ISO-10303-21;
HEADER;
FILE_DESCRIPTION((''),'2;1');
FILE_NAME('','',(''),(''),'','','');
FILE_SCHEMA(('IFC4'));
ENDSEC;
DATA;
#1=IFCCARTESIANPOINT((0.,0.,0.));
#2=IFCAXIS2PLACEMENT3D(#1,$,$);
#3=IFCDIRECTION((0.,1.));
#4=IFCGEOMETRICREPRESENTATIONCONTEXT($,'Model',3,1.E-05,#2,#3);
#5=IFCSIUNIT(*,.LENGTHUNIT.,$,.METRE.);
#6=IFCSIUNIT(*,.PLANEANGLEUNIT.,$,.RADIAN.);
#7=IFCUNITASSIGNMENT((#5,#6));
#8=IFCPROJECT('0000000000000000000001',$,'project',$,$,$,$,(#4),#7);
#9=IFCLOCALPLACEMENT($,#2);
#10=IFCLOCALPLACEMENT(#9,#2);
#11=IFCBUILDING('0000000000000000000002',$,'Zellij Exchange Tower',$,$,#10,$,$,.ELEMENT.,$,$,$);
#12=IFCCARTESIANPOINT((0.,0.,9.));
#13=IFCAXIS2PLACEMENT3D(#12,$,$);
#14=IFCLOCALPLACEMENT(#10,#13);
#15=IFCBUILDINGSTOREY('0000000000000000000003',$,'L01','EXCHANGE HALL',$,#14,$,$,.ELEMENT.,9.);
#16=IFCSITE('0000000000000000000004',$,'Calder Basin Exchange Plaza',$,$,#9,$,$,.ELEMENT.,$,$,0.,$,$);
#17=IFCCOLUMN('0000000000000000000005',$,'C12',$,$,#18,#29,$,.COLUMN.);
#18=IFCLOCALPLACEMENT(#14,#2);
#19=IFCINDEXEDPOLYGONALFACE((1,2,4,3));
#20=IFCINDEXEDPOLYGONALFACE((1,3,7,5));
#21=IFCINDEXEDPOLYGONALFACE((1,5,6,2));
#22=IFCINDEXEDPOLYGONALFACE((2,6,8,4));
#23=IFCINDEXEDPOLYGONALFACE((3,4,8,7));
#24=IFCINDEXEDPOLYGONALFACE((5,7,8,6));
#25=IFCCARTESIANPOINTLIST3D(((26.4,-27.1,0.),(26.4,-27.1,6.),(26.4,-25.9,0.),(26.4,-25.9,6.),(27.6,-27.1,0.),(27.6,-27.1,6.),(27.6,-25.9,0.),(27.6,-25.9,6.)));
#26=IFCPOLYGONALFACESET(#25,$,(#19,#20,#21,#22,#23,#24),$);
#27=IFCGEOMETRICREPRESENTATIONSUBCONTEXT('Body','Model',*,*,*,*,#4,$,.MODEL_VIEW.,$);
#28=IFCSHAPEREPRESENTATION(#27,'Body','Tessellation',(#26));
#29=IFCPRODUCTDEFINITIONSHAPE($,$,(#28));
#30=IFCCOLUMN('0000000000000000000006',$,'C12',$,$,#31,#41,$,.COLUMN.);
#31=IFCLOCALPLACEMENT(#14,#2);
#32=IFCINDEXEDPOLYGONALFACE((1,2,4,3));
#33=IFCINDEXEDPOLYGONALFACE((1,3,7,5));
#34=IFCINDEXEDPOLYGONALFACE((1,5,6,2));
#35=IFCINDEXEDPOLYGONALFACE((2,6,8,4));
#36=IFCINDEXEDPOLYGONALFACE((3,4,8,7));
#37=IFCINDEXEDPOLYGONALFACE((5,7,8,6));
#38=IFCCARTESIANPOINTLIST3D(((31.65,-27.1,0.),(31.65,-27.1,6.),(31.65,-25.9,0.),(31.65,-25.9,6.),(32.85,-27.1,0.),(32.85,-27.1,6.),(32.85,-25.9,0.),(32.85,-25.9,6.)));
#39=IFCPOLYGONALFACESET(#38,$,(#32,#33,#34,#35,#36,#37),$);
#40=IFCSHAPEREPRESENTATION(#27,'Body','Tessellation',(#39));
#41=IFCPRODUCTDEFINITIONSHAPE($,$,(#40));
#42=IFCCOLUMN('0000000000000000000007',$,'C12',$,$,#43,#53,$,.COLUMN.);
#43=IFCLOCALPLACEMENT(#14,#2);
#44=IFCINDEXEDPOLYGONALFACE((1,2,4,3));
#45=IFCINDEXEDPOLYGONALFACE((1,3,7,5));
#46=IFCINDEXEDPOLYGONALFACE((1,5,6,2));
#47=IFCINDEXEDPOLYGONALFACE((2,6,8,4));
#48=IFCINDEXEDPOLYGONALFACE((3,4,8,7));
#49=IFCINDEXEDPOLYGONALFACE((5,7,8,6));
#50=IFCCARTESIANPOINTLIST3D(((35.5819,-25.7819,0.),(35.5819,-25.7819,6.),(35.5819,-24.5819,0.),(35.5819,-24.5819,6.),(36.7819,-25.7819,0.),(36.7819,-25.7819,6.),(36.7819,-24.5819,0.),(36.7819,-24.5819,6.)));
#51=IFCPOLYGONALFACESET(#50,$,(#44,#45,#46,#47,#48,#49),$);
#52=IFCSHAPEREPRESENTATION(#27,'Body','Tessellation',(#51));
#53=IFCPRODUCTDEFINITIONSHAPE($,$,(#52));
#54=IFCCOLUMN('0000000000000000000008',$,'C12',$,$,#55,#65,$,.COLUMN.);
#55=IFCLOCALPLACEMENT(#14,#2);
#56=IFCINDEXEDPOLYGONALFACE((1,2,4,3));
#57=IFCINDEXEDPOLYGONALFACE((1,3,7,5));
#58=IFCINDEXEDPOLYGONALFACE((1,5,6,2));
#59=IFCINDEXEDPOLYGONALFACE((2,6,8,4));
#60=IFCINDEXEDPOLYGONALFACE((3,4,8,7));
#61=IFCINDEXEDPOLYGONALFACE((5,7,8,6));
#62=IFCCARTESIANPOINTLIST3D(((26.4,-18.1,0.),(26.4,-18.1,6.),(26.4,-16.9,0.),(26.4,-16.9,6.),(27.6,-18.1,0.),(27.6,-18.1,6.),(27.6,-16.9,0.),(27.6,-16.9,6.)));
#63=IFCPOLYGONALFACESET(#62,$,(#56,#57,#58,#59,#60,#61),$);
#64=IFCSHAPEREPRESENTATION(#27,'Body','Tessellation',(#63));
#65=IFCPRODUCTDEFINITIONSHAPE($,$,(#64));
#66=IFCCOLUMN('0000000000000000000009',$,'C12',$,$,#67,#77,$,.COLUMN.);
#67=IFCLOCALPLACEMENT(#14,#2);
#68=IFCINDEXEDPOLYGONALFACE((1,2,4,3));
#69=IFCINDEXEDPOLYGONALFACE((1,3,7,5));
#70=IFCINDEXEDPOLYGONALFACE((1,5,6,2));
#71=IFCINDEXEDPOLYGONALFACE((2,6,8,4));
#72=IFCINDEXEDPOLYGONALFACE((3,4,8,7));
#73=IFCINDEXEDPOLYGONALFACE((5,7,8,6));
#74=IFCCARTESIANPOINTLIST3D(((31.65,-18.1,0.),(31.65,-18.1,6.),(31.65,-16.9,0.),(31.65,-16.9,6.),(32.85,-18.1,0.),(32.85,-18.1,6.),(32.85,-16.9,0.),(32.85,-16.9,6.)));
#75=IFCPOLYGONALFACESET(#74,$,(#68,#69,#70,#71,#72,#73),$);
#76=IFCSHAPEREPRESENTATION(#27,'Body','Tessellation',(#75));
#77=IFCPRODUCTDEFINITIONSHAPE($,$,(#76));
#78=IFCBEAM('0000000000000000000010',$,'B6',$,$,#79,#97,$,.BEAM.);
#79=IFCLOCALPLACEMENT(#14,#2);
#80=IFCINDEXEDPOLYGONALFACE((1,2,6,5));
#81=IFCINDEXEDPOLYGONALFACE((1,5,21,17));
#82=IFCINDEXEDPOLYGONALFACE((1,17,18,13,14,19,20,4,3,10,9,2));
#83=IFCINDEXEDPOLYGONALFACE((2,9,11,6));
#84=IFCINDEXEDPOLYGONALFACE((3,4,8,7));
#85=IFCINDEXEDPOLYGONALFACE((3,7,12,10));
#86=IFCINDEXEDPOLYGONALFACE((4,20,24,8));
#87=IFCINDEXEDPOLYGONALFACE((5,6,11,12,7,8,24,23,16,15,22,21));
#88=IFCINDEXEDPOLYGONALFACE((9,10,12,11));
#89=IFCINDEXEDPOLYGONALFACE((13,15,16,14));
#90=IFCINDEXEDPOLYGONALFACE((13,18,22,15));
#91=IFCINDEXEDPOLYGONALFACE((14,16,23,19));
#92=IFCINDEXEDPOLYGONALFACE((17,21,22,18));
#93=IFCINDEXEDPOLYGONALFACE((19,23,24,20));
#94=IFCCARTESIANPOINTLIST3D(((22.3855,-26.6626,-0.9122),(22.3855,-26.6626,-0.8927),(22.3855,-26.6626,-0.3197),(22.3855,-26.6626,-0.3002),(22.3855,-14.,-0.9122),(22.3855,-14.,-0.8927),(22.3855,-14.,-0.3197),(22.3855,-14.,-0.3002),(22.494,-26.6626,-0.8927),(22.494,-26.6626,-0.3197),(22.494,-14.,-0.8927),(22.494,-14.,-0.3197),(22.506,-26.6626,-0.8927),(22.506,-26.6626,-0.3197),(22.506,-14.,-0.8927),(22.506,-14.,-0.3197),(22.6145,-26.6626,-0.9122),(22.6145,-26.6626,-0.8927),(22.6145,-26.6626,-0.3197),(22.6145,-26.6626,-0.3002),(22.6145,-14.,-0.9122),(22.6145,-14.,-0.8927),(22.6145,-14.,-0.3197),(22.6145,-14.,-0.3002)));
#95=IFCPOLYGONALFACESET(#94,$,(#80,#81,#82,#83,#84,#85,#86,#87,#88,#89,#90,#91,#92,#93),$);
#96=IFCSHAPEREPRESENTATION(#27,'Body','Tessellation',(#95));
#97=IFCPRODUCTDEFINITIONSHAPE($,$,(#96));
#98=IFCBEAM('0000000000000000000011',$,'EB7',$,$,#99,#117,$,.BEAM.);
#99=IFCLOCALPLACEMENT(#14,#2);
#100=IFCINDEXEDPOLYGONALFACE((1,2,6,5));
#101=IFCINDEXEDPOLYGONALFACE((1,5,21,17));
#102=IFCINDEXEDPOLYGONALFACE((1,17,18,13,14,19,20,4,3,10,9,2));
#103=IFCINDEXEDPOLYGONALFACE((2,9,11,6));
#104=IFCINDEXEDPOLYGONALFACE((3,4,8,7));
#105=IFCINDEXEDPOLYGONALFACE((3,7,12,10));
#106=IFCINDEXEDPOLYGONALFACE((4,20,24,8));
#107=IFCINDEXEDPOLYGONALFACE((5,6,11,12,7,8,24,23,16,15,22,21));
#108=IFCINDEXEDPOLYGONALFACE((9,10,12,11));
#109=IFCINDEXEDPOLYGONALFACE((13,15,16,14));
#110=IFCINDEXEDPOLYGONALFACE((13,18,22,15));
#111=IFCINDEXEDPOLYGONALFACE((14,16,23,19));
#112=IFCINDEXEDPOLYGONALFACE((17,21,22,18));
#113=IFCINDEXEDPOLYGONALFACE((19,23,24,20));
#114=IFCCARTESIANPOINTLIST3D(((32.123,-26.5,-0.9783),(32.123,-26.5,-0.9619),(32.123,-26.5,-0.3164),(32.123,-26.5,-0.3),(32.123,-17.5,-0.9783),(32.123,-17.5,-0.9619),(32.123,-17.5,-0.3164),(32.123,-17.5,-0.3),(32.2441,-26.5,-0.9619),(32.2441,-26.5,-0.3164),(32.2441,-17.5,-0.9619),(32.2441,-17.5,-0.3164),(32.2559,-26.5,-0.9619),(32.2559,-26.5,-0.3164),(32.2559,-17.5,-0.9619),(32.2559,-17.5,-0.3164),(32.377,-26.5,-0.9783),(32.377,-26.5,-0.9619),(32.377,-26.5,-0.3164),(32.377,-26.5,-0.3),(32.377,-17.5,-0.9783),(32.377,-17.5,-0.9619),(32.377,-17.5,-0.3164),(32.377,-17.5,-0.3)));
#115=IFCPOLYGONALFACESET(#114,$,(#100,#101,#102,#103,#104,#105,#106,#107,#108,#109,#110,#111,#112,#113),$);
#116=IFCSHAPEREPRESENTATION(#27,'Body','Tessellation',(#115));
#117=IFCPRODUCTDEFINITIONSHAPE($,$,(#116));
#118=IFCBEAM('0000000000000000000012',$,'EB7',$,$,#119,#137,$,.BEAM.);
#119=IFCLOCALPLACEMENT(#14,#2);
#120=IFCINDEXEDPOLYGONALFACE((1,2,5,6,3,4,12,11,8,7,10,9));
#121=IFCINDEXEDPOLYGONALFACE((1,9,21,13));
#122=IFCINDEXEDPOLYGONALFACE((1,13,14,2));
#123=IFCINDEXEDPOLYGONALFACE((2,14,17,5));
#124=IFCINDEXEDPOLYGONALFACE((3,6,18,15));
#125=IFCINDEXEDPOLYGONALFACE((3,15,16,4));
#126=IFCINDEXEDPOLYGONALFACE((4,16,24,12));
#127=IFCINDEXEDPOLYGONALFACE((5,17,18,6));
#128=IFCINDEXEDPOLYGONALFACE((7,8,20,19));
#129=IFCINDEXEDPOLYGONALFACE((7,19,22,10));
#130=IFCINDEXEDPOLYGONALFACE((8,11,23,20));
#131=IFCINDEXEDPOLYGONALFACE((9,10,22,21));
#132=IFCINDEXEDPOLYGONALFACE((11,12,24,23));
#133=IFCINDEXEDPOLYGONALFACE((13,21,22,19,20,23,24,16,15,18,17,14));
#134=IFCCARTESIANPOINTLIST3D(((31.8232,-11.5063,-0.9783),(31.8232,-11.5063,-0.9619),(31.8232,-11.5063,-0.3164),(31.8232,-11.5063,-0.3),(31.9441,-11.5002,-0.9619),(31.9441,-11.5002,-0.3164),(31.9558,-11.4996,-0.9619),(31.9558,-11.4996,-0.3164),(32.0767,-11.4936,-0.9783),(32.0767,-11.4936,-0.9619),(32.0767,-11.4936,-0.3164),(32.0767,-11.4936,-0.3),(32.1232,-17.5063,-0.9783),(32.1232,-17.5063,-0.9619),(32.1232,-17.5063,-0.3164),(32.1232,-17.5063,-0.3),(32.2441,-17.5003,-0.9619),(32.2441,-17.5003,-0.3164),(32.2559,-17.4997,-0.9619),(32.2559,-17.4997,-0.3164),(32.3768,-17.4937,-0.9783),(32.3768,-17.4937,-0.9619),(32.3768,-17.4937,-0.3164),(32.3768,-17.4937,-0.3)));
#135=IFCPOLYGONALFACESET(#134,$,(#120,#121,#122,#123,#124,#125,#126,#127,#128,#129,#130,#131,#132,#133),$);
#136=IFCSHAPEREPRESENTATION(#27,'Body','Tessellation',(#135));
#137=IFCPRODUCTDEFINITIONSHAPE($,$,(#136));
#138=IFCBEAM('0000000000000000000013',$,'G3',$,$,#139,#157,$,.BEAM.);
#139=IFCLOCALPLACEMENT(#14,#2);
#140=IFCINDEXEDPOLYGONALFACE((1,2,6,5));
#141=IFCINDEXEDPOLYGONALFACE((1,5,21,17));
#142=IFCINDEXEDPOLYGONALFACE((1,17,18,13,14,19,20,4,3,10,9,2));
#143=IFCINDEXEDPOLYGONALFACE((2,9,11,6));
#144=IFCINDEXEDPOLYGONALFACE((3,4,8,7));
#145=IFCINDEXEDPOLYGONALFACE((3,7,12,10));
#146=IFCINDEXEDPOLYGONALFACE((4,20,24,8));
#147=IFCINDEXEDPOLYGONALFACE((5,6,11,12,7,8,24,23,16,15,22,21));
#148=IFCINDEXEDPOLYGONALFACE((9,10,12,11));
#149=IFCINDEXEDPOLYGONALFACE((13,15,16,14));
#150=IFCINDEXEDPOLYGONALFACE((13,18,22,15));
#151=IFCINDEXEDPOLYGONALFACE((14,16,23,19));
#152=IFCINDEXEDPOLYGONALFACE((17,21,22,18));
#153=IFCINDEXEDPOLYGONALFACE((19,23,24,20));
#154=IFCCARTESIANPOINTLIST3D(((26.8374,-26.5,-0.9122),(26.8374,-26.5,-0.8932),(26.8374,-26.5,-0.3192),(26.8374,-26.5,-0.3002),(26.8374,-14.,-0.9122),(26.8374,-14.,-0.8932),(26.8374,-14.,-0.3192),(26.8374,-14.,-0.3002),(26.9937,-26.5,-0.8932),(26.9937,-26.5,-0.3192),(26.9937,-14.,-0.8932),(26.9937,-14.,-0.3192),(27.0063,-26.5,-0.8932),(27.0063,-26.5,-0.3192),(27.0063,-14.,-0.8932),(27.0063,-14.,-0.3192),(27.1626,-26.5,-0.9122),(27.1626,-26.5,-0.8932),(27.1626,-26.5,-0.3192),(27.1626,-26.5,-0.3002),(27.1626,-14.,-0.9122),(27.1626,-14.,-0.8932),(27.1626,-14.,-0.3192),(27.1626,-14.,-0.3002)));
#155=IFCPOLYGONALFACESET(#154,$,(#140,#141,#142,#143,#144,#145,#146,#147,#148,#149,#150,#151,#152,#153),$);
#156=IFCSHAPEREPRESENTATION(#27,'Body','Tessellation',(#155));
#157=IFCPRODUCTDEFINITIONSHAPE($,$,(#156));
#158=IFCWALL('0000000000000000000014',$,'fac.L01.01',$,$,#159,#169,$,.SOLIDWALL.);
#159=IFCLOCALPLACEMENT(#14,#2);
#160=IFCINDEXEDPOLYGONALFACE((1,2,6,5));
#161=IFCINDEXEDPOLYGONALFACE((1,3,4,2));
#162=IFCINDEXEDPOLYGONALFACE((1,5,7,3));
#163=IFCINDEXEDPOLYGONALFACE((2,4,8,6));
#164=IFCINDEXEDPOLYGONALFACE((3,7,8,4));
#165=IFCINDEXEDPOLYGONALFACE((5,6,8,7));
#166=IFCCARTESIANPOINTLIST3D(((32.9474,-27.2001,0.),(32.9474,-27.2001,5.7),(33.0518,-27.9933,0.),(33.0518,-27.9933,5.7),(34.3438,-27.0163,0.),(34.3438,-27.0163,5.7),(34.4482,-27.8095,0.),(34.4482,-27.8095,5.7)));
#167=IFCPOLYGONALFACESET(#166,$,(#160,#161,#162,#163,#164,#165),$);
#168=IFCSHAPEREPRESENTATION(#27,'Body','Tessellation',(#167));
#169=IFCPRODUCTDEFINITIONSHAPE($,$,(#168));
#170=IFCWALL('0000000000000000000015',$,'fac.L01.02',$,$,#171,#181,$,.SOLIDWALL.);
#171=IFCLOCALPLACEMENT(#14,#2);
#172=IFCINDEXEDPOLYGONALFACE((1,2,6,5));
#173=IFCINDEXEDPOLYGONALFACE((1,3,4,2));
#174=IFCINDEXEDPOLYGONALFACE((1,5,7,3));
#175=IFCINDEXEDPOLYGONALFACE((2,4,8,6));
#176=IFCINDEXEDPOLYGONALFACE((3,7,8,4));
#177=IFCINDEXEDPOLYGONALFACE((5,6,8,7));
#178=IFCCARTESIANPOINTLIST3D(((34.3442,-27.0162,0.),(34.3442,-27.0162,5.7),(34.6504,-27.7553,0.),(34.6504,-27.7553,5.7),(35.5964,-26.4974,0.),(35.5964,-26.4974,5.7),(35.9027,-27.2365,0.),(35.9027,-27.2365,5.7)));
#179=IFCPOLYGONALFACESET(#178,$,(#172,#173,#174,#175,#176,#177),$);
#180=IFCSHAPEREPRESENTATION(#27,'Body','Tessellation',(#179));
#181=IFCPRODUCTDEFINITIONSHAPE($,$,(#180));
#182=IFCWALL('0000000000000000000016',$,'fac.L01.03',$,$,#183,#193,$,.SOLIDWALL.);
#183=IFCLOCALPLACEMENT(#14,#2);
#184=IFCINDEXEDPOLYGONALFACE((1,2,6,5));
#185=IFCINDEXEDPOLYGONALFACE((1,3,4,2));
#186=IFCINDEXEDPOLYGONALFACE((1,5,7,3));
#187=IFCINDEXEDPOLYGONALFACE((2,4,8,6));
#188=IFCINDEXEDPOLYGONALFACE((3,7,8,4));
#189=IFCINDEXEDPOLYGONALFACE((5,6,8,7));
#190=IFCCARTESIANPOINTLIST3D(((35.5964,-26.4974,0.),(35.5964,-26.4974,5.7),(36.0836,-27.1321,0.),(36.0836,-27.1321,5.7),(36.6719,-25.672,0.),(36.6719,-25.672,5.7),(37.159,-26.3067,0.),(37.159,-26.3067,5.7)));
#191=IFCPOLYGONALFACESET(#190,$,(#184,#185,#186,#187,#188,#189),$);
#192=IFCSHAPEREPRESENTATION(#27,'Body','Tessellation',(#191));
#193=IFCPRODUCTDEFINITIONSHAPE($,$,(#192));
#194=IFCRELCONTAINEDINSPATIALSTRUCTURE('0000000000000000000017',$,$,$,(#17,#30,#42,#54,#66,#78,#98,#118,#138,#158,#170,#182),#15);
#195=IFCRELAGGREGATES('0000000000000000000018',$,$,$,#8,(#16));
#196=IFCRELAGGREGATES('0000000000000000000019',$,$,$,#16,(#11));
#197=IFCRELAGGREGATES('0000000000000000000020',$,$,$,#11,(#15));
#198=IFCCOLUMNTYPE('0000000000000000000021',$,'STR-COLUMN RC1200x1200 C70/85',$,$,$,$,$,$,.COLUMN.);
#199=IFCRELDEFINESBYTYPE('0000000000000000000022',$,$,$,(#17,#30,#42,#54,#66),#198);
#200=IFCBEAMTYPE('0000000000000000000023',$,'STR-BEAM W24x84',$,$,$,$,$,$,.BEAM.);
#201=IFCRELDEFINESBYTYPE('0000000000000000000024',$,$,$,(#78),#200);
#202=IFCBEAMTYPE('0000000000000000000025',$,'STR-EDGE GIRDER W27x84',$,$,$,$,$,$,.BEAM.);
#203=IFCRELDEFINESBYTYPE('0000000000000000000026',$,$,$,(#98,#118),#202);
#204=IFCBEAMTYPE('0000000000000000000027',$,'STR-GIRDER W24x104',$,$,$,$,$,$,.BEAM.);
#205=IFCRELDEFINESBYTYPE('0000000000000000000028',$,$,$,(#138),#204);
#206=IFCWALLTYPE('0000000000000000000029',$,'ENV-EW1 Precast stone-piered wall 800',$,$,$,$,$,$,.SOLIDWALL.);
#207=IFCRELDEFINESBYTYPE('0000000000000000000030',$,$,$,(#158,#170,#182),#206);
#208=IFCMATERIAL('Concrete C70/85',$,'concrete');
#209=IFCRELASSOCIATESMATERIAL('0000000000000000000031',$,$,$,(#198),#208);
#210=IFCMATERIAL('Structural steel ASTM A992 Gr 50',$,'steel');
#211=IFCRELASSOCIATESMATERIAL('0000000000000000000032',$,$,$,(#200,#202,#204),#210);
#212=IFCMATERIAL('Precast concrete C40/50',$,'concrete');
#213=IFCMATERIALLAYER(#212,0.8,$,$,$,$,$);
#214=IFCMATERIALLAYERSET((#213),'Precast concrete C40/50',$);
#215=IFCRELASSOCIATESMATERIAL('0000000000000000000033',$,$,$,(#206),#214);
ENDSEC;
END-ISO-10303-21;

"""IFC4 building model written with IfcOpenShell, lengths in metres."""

from ifc_helpers import new_model, si_unit, direction, frame, frame_2d, origin, origin_2d, place, context, subcontext, project, spatial, rectangle, i_section, extrude, material, layer, layer_set, material_profile, profile_set, type_object, element, save


model = new_model("IFC4")

# Units and contexts
model_context = context("Model", 3, precision=1e-05, world=origin(), true_north=direction((0.0, 1.0)))
body_context = subcontext(model_context, "Body", "Model", "MODEL_VIEW")
ifc_project = project(units=[si_unit("LENGTHUNIT", "METRE"), si_unit("PLANEANGLEUNIT", "RADIAN")], contexts=[model_context])

# Site, building, storey
site_placement = place(None, origin())
site = spatial("IfcSite", under=ifc_project, at=site_placement, Name="Calder Basin Exchange Plaza", CompositionType="ELEMENT", RefElevation=0.0)
building_placement = place(site_placement, origin())
building = spatial("IfcBuilding", under=site, at=building_placement, Name="Zellij Exchange Tower", CompositionType="ELEMENT")
storey_placement = place(building_placement, frame((0.0, 0.0, 9.0)))
storey = spatial("IfcBuildingStorey", under=building, at=storey_placement, Name="L01", Description="EXCHANGE HALL", CompositionType="ELEMENT", Elevation=9.0)

# Columns
ifc_material_1 = material(Name="Concrete C70/85", Category="concrete")
ifc_material_profile_1 = material_profile(ifc_material_1, rectangle(XDim=1.2, YDim=1.2, at=origin_2d()), Name="STR-COLUMN RC1200x1200 C70/85")
ifc_profile_set_1 = profile_set([ifc_material_profile_1], Name="Concrete C70/85")
column_type = type_object("IfcColumnType", Name="STR-COLUMN RC1200x1200 C70/85", PredefinedType="COLUMN", material=ifc_profile_set_1)
for number, where, z_axis, x_axis, name in (
    (1, (27.0, -26.5, 0.0), (0.0, 0.0, 1.0), (1.0, 0.0, 0.0), "C12"),
    (2, (32.25, -26.5, 0.0), (0.0, 0.0, 1.0), (1.0, 0.0, 0.0), "C12"),
    (3, (36.1819, -25.1819, 0.0), (0.0, 0.0, 1.0), (1.0, 0.0, 0.0), "C12"),
    (4, (27.0, -17.5, 0.0), (0.0, 0.0, 1.0), (1.0, 0.0, 0.0), "C12"),
    (5, (32.25, -17.5, 0.0), (0.0, 0.0, 1.0), (1.0, 0.0, 0.0), "C12"),
):
    element("IfcColumn", number, at=place(storey_placement, frame(where, z_axis=z_axis, x_axis=x_axis)), inside=storey, type_object=column_type, Name=name, PredefinedType="COLUMN", context=body_context, shape_type="SweptSolid", body=[
        extrude(rectangle(XDim=1.2, YDim=1.2, at=origin_2d()), origin(), (0.0, 0.0, 1.0), 6.0),
    ])

# Beams
ifc_material_2 = material(Name="Structural steel ASTM A992 Gr 50", Category="steel")
ifc_material_profile_2 = material_profile(ifc_material_2, i_section(OverallWidth=0.229, OverallDepth=0.6121, WebThickness=0.012, FlangeThickness=0.0195, at=origin_2d()), Name="W24x84")
ifc_profile_set_2 = profile_set([ifc_material_profile_2], Name="Structural steel ASTM A992 Gr 50")
beam_type_1 = type_object("IfcBeamType", Name="STR-BEAM W24x84", PredefinedType="BEAM", material=ifc_profile_set_2)
beam_1_placement = place(storey_placement, frame((22.5, -26.6626, -0.6062), z_axis=(0.0, 1.0, 0.0), x_axis=(-1.0, 0.0, 0.0)))
element("IfcBeam", 6, at=beam_1_placement, inside=storey, type_object=beam_type_1, Name="B6", PredefinedType="BEAM", context=body_context, shape_type="SweptSolid", body=[
    extrude(i_section(OverallWidth=0.229, OverallDepth=0.6121, WebThickness=0.012, FlangeThickness=0.0195, at=origin_2d()), origin(), (0.0, 0.0, 1.0), 12.6626),
])
ifc_material_profile_3 = material_profile(ifc_material_2, i_section(OverallWidth=0.2539, OverallDepth=0.6782, WebThickness=0.0117, FlangeThickness=0.0164, at=origin_2d()), Name="W27x84")
ifc_profile_set_3 = profile_set([ifc_material_profile_3], Name="Structural steel ASTM A992 Gr 50")
beam_type_2 = type_object("IfcBeamType", Name="STR-EDGE GIRDER W27x84", PredefinedType="BEAM", material=ifc_profile_set_3)
beam_2_placement = place(storey_placement, frame((32.25, -26.5, -0.6392), z_axis=(0.0, 1.0, 0.0), x_axis=(-1.0, 0.0, 0.0)))
element("IfcBeam", 7, at=beam_2_placement, inside=storey, type_object=beam_type_2, Name="EB7", PredefinedType="BEAM", context=body_context, shape_type="SweptSolid", body=[
    extrude(i_section(OverallWidth=0.2539, OverallDepth=0.6782, WebThickness=0.0117, FlangeThickness=0.0164, at=origin_2d()), origin(), (0.0, 0.0, 1.0), 9.0),
])
beam_3_placement = place(storey_placement, frame((32.25, -17.5, -0.6392), z_axis=(-0.049946, 0.998752, 0.0), x_axis=(-0.998752, -0.049946, 0.0)))
element("IfcBeam", 8, at=beam_3_placement, inside=storey, type_object=beam_type_2, Name="EB7", PredefinedType="BEAM", context=body_context, shape_type="SweptSolid", body=[
    extrude(i_section(OverallWidth=0.2539, OverallDepth=0.6782, WebThickness=0.0117, FlangeThickness=0.0164, at=origin_2d()), origin(), (0.0, 0.0, 1.0), 6.0076),
])
ifc_material_profile_4 = material_profile(ifc_material_2, i_section(OverallWidth=0.3252, OverallDepth=0.6121, WebThickness=0.0127, FlangeThickness=0.019, at=origin_2d()), Name="W24x104")
ifc_profile_set_4 = profile_set([ifc_material_profile_4], Name="Structural steel ASTM A992 Gr 50")
beam_type_3 = type_object("IfcBeamType", Name="STR-GIRDER W24x104", PredefinedType="BEAM", material=ifc_profile_set_4)
beam_4_placement = place(storey_placement, frame((27.0, -26.5, -0.6062), z_axis=(0.0, 1.0, 0.0), x_axis=(-1.0, 0.0, 0.0)))
element("IfcBeam", 9, at=beam_4_placement, inside=storey, type_object=beam_type_3, Name="G3", PredefinedType="BEAM", context=body_context, shape_type="SweptSolid", body=[
    extrude(i_section(OverallWidth=0.3252, OverallDepth=0.6121, WebThickness=0.0127, FlangeThickness=0.019, at=origin_2d()), origin(), (0.0, 0.0, 1.0), 12.5),
])

# Walls
ifc_material_3 = material(Name="Precast concrete C40/50", Category="concrete")
ifc_layer_1 = layer(ifc_material_3, 0.8)
ifc_layer_set_1 = layer_set([ifc_layer_1], Name="Precast concrete C40/50")
wall_type_1 = type_object("IfcWallType", Name="ENV-EW1 Precast stone-piered wall 800", PredefinedType="SOLIDWALL", material=ifc_layer_set_1)
wall_1_placement = place(storey_placement, frame((32.9998, -27.5967, 0.0), z_axis=(0.0, 0.0, 1.0), x_axis=(0.991446, 0.130517, 0.0)))
element("IfcWall", 10, at=wall_1_placement, inside=storey, type_object=wall_type_1, Name="fac.L01.01", PredefinedType="SOLIDWALL", context=body_context, shape_type="SweptSolid", body=[
    extrude(rectangle(XDim=1.4084, YDim=0.8, at=frame_2d((0.7041, 0.0))), origin(), (0.0, 0.0, 1.0), 5.7),
])
wall_2_placement = place(storey_placement, frame((34.4973, -27.3857, 0.0), z_axis=(0.0, 0.0, 1.0), x_axis=(0.923848, 0.38276, 0.0)))
element("IfcWall", 11, at=wall_2_placement, inside=storey, type_object=wall_type_1, Name="fac.L01.02", PredefinedType="SOLIDWALL", context=body_context, shape_type="SweptSolid", body=[
    extrude(rectangle(XDim=1.3555, YDim=0.8, at=frame_2d((0.6777, 0.0))), origin(), (0.0, 0.0, 1.0), 5.7),
])
for number, where, z_axis, x_axis, name in (
    (12, (35.8401, -26.8147, 0.0), (0.0, 0.0, 1.0), (0.793273, 0.608866, 0.0), "fac.L01.03"),
):
    element("IfcWall", number, at=place(storey_placement, frame(where, z_axis=z_axis, x_axis=x_axis)), inside=storey, type_object=wall_type_1, Name=name, PredefinedType="SOLIDWALL", context=body_context, shape_type="SweptSolid", body=[
        extrude(rectangle(XDim=1.3557, YDim=0.8, at=frame_2d((0.6777, 0.0))), origin(), (0.0, 0.0, 1.0), 5.7),
    ])

save(model, "model.ifc")
